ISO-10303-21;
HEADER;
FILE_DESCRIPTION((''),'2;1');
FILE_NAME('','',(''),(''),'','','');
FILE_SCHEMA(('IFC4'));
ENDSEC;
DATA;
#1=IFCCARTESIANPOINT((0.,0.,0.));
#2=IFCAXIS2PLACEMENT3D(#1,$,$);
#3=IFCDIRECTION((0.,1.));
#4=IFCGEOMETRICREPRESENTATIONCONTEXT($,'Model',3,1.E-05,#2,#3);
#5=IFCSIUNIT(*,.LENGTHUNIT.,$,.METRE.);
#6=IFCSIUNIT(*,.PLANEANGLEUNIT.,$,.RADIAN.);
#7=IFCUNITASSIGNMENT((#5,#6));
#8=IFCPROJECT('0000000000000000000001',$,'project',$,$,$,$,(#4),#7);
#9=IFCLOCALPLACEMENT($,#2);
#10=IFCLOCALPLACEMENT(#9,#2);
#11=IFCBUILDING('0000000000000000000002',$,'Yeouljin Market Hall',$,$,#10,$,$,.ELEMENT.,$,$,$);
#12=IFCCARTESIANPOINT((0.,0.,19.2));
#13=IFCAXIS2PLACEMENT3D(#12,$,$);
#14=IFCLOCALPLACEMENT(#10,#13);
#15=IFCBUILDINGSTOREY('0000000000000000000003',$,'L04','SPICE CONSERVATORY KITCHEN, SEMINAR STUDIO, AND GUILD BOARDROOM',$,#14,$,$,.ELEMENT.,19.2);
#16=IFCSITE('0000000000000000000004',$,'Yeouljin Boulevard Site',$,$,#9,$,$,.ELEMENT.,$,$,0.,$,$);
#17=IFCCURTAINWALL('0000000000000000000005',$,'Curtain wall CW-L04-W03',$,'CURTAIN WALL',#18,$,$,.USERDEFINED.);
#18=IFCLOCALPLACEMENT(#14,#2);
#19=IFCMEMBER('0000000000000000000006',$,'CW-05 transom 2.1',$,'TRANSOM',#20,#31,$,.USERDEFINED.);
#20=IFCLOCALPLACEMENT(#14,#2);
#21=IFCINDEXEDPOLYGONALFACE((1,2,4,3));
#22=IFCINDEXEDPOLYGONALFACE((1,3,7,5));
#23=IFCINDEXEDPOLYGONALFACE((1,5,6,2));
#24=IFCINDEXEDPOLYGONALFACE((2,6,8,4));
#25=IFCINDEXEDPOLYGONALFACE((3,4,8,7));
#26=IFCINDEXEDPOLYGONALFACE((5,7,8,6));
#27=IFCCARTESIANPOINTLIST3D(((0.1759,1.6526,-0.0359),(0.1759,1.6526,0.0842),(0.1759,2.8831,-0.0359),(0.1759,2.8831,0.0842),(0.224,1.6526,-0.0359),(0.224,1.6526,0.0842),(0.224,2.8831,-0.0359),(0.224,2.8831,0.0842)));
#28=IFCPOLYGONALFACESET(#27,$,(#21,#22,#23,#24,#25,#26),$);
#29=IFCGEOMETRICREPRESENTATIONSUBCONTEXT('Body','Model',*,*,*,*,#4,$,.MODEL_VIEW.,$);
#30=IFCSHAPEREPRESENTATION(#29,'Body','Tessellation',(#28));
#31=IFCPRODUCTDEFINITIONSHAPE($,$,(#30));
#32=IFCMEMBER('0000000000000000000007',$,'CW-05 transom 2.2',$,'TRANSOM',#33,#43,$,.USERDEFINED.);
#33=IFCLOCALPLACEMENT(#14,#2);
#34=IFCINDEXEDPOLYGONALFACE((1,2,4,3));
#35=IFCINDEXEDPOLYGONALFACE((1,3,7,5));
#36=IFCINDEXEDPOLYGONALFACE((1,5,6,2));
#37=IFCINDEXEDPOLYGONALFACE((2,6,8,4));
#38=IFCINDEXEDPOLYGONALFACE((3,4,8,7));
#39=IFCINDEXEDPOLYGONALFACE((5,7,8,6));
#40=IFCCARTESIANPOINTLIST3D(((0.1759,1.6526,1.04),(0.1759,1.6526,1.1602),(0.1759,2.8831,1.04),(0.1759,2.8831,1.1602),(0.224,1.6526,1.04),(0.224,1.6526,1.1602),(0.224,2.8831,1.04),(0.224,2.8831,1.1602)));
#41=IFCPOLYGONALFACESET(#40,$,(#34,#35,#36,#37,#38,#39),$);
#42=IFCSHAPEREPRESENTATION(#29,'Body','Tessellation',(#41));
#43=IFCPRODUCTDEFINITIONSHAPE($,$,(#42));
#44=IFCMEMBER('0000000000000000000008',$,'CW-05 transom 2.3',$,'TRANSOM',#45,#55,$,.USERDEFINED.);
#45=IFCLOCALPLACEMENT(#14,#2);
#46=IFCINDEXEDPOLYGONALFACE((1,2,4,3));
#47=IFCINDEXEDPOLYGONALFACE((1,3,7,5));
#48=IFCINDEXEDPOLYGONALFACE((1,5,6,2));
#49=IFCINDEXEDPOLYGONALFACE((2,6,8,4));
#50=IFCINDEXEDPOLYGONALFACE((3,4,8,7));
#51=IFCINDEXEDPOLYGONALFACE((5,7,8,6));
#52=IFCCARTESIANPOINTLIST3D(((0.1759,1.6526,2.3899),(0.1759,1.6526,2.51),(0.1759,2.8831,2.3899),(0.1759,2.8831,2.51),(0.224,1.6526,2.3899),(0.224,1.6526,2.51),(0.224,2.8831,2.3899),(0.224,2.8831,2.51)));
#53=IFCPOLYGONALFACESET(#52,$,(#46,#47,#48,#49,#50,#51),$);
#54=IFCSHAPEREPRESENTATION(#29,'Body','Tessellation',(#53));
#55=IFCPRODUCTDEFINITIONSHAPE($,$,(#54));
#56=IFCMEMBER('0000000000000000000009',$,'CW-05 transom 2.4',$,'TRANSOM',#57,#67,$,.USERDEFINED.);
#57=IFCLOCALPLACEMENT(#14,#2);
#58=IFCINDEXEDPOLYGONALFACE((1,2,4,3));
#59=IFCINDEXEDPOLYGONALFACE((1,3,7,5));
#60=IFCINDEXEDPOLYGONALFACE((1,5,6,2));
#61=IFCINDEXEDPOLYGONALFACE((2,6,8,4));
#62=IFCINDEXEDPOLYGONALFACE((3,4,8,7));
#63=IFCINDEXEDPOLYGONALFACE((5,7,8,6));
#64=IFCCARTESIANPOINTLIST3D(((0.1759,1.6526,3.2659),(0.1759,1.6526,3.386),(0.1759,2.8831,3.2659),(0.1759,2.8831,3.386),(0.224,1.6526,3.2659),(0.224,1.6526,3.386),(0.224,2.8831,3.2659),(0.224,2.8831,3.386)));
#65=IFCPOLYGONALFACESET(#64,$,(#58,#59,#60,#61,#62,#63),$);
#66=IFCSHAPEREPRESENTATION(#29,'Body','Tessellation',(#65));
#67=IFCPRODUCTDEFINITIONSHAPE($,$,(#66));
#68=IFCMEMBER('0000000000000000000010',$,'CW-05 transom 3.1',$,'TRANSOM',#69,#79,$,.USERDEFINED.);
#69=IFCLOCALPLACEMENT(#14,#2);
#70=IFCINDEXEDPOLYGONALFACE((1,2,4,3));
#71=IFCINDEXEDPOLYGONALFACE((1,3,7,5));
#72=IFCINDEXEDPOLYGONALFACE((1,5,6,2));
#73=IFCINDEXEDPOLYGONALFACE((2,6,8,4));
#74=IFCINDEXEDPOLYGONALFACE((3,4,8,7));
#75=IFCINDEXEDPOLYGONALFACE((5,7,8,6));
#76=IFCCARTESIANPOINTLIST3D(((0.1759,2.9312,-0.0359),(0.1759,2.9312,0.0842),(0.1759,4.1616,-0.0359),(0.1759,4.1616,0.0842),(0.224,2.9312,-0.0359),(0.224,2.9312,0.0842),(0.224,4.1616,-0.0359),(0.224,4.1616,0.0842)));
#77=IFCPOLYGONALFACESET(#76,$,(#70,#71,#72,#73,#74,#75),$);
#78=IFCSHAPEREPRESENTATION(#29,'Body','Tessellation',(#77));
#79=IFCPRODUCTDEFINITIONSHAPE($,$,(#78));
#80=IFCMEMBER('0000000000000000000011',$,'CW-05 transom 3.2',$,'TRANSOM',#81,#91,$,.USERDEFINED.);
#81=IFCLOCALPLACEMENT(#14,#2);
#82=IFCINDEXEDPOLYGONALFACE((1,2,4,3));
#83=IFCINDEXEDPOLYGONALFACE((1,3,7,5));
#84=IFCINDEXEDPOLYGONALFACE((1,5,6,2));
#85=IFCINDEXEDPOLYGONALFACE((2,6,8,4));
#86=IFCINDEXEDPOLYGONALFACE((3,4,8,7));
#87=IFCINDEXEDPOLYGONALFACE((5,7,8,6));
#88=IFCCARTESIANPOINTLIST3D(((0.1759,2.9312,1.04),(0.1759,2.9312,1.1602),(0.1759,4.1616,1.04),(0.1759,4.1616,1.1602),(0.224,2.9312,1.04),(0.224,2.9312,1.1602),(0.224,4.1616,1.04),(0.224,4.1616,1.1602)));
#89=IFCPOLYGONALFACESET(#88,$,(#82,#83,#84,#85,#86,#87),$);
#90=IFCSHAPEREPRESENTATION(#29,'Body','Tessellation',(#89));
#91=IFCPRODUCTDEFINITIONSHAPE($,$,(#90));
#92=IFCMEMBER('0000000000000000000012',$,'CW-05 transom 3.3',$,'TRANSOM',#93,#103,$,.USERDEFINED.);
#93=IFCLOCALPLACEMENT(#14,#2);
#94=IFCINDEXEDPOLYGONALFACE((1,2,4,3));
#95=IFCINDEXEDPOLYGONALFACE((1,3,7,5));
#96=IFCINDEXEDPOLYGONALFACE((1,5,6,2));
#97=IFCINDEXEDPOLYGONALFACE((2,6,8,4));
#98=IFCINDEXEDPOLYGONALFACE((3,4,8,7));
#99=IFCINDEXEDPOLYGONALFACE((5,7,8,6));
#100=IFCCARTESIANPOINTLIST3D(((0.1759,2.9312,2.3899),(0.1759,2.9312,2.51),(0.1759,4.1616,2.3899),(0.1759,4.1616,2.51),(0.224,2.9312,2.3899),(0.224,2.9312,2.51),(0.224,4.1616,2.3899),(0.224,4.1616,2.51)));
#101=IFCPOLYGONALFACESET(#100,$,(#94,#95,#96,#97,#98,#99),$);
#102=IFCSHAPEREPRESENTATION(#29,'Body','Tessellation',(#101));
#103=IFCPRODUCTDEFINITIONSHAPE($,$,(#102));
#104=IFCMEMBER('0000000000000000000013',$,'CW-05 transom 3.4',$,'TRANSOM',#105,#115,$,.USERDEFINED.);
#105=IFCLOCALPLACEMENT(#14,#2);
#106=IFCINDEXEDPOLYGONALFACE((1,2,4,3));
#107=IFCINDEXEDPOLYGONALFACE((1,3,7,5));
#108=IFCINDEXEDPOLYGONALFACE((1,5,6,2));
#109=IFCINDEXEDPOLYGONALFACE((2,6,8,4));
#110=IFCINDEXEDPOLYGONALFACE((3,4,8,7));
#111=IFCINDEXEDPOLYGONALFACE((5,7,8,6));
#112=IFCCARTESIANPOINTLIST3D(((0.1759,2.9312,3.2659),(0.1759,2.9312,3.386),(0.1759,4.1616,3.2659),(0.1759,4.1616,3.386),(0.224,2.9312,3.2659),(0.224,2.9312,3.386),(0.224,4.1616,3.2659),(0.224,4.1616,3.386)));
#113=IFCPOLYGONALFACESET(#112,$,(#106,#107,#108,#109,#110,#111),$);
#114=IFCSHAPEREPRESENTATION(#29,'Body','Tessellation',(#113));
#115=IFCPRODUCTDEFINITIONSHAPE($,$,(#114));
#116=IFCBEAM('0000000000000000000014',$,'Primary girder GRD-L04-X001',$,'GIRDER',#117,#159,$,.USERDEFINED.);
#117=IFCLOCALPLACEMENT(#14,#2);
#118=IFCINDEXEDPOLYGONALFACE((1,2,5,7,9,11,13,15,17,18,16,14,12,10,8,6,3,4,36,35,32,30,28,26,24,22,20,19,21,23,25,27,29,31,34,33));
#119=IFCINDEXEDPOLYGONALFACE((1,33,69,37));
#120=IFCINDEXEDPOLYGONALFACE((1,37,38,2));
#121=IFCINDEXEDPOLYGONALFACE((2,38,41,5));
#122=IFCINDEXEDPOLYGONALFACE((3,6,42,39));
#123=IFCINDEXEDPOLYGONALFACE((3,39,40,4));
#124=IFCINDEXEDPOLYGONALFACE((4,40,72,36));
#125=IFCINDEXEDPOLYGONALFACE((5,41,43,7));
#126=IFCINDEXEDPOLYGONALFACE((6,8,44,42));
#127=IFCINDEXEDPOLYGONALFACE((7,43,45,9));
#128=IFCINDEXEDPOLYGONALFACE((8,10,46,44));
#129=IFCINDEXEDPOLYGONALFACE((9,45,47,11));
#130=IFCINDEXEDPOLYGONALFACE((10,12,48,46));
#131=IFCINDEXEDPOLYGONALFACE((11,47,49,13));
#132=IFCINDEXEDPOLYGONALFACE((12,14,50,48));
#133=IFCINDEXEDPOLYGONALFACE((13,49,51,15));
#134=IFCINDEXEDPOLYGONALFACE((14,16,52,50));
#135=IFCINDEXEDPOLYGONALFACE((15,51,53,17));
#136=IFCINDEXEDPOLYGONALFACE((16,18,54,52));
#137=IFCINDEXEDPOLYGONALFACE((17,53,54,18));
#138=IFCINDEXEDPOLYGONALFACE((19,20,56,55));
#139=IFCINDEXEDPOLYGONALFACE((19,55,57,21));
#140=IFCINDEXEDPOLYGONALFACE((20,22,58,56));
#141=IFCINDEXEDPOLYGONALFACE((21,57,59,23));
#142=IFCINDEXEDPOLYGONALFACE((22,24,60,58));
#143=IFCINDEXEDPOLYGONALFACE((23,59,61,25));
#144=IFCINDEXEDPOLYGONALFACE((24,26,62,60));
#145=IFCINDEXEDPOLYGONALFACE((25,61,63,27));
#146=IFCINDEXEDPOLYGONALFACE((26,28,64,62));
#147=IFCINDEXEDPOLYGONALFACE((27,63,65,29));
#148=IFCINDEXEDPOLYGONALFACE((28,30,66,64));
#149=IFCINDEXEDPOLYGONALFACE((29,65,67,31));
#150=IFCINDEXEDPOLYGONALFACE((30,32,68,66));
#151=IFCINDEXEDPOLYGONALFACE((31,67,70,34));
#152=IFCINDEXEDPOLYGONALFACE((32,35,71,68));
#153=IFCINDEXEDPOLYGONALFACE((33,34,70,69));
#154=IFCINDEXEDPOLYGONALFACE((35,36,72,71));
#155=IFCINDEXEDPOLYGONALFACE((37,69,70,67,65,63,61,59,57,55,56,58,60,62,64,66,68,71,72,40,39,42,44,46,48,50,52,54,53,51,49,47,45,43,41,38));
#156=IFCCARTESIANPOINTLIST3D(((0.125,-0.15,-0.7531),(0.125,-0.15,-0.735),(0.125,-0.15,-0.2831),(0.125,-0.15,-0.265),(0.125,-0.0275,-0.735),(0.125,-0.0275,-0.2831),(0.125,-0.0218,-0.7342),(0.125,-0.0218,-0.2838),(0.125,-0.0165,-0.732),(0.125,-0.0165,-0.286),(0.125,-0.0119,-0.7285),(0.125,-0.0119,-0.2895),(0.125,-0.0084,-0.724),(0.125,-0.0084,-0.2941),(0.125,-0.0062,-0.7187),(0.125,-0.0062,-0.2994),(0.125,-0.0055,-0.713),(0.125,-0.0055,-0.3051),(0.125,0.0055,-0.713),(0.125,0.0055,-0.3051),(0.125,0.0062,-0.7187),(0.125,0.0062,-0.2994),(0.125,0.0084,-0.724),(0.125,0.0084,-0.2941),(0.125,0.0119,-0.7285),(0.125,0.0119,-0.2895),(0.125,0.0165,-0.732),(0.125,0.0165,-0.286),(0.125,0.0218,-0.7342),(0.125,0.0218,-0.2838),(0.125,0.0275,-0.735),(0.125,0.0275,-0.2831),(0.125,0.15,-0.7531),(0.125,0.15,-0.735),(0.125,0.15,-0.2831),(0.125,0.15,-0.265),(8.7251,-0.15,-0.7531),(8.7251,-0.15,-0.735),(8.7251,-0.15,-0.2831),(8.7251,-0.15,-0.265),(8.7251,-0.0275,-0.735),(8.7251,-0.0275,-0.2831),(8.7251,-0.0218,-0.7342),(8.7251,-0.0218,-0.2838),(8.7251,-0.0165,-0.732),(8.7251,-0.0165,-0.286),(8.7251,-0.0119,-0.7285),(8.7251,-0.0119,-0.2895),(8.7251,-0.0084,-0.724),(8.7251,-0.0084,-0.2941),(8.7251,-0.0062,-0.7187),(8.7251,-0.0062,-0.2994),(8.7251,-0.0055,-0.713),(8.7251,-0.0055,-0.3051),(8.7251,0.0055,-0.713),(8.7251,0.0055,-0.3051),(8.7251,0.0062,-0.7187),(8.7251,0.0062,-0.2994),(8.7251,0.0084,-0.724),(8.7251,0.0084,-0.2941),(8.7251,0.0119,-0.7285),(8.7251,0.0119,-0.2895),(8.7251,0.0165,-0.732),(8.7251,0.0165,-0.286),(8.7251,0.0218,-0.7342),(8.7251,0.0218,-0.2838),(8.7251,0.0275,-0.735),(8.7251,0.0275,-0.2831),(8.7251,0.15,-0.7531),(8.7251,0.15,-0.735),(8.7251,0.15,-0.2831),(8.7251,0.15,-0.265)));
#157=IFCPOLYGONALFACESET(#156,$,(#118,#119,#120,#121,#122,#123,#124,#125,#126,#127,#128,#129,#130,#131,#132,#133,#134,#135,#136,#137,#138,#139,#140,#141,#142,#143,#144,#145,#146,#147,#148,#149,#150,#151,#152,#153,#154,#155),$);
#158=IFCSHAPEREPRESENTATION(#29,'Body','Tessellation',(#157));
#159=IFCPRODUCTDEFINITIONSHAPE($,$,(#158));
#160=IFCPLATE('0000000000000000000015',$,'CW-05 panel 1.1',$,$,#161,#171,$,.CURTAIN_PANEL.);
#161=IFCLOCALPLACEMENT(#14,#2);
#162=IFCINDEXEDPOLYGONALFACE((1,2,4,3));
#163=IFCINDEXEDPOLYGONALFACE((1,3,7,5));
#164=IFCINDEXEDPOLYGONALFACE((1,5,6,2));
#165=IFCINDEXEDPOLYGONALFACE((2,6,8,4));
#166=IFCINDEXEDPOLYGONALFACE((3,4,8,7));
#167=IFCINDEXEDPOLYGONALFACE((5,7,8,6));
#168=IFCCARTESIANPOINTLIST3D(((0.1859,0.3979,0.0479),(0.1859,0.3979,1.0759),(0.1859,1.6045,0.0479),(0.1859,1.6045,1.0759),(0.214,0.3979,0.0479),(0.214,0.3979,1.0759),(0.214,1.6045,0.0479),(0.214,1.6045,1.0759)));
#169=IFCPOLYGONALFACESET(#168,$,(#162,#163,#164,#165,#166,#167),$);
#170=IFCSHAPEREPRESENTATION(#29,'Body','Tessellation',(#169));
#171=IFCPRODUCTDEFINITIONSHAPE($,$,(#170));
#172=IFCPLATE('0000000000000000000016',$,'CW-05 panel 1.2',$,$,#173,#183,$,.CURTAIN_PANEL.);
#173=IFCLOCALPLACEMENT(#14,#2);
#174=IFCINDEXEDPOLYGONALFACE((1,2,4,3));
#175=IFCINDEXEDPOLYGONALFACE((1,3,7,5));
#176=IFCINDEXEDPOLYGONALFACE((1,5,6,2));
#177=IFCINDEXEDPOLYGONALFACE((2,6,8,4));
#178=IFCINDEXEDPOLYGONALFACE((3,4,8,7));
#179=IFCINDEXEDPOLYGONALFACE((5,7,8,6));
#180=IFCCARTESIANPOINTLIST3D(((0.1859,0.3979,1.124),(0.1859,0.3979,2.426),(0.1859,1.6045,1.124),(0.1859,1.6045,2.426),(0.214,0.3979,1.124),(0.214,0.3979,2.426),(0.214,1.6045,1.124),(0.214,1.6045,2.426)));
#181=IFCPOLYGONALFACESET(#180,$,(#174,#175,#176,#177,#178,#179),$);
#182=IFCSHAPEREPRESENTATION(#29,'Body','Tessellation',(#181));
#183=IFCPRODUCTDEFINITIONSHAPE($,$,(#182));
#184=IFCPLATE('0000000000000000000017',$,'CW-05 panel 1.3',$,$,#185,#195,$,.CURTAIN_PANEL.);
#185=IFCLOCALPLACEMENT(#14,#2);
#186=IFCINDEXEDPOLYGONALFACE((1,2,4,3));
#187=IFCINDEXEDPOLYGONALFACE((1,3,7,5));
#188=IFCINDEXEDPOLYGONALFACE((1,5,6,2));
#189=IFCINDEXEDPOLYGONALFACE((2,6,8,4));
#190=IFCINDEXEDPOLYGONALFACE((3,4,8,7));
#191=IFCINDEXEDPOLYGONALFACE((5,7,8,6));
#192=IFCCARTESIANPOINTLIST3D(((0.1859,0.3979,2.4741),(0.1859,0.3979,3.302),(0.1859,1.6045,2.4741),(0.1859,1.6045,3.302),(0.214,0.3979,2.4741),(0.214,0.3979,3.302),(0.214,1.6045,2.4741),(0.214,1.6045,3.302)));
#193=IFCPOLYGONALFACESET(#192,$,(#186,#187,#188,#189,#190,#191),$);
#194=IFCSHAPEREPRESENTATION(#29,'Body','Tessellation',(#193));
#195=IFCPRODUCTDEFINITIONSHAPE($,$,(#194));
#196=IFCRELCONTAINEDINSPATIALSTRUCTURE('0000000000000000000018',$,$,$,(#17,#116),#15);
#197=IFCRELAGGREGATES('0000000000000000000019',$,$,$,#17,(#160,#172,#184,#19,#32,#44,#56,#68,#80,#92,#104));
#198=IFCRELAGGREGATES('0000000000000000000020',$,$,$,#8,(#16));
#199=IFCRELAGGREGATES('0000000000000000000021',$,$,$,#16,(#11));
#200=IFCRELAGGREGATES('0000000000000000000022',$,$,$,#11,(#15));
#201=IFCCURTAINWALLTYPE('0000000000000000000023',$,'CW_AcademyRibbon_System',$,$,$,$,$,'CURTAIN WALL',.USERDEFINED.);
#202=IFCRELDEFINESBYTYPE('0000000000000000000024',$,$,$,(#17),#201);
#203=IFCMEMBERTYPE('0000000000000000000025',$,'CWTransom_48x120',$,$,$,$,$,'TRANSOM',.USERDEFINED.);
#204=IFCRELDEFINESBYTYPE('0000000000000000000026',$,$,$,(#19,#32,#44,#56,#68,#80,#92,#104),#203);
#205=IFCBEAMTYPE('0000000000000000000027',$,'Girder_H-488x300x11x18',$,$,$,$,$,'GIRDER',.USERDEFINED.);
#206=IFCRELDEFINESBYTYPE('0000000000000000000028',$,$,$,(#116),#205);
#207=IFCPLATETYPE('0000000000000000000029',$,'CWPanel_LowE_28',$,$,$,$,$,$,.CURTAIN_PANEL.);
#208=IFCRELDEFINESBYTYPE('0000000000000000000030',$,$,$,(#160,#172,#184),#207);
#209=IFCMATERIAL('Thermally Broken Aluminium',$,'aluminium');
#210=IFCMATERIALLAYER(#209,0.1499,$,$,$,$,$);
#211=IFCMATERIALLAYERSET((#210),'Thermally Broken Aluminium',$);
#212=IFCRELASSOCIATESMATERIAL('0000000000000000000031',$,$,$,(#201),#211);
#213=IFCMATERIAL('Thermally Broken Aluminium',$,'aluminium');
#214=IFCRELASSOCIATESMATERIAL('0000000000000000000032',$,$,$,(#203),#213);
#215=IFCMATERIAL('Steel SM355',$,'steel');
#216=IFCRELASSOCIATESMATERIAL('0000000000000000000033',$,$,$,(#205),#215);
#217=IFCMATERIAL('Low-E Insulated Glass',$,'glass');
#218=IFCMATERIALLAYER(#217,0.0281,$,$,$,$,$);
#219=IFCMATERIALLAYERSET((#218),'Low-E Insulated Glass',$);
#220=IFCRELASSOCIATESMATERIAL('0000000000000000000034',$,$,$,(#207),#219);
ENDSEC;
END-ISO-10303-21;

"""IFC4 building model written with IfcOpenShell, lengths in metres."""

from ifc_helpers import new_model, si_unit, direction, frame, origin, origin_2d, place, context, subcontext, project, spatial, rectangle, i_section, extrude, material, layer, layer_set, material_profile, profile_set, type_object, element, aggregate, save


model = new_model("IFC4")

# Units and contexts
model_context = context("Model", 3, precision=1e-05, world=origin(), true_north=direction((0.0, 1.0)))
body_context = subcontext(model_context, "Body", "Model", "MODEL_VIEW")
ifc_project = project(units=[si_unit("LENGTHUNIT", "METRE"), si_unit("PLANEANGLEUNIT", "RADIAN")], contexts=[model_context])

# Site, building, storey
site_placement = place(None, origin())
site = spatial("IfcSite", under=ifc_project, at=site_placement, Name="Yeouljin Boulevard Site", CompositionType="ELEMENT", RefElevation=0.0)
building_placement = place(site_placement, origin())
building = spatial("IfcBuilding", under=site, at=building_placement, Name="Yeouljin Market Hall", CompositionType="ELEMENT")
storey_placement = place(building_placement, frame((0.0, 0.0, 19.2)))
storey = spatial("IfcBuildingStorey", under=building, at=storey_placement, Name="L04", Description="SPICE CONSERVATORY KITCHEN, SEMINAR STUDIO, AND GUILD BOARDROOM", CompositionType="ELEMENT", Elevation=19.2)

# Curtain wall, members
ifc_material_1 = material(Name="Thermally Broken Aluminium", Category="aluminium")
ifc_layer_1 = layer(ifc_material_1, 0.1499)
ifc_layer_set_1 = layer_set([ifc_layer_1], Name="Thermally Broken Aluminium")
curtain_wall_type = type_object("IfcCurtainWallType", Name="CW_AcademyRibbon_System", ElementType="CURTAIN WALL", PredefinedType="USERDEFINED", material=ifc_layer_set_1)
curtain_wall_placement = place(storey_placement, origin())
curtain_wall = element("IfcCurtainWall", 1, at=curtain_wall_placement, inside=storey, type_object=curtain_wall_type, Name="Curtain wall CW-L04-W03", ObjectType="CURTAIN WALL", PredefinedType="USERDEFINED")
ifc_material_2 = material(Name="Thermally Broken Aluminium", Category="aluminium")
ifc_material_profile_1 = material_profile(ifc_material_2, rectangle(XDim=0.0481, YDim=0.1201, at=origin_2d()), Name="CW-TRAN-48x120")
ifc_profile_set_1 = profile_set([ifc_material_profile_1], Name="Thermally Broken Aluminium")
member_type_1 = type_object("IfcMemberType", Name="CWTransom_48x120", ElementType="TRANSOM", PredefinedType="USERDEFINED", material=ifc_profile_set_1)
member_1_placement = place(storey_placement, frame((0.2, 1.6526, 0.0242), z_axis=(0.0, 1.0, 0.0), x_axis=(-1.0, 0.0, 0.0)))
member_1 = element("IfcMember", 2, at=member_1_placement, type_object=member_type_1, Name="CW-05 transom 2.1", ObjectType="TRANSOM", PredefinedType="USERDEFINED", context=body_context, shape_type="SweptSolid", body=[
    extrude(rectangle(XDim=0.0481, YDim=0.1201, at=origin_2d()), origin(), (0.0, 0.0, 1.0), 1.2305),
])
member_2_placement = place(storey_placement, frame((0.2, 1.6526, 1.1001), z_axis=(0.0, 1.0, 0.0), x_axis=(-1.0, 0.0, 0.0)))
member_2 = element("IfcMember", 3, at=member_2_placement, type_object=member_type_1, Name="CW-05 transom 2.2", ObjectType="TRANSOM", PredefinedType="USERDEFINED", context=body_context, shape_type="SweptSolid", body=[
    extrude(rectangle(XDim=0.0481, YDim=0.1201, at=origin_2d()), origin(), (0.0, 0.0, 1.0), 1.2305),
])
member_3_placement = place(storey_placement, frame((0.2, 1.6526, 2.45), z_axis=(0.0, 1.0, 0.0), x_axis=(-1.0, 0.0, 0.0)))
member_3 = element("IfcMember", 4, at=member_3_placement, type_object=member_type_1, Name="CW-05 transom 2.3", ObjectType="TRANSOM", PredefinedType="USERDEFINED", context=body_context, shape_type="SweptSolid", body=[
    extrude(rectangle(XDim=0.0481, YDim=0.1201, at=origin_2d()), origin(), (0.0, 0.0, 1.0), 1.2305),
])
member_4_placement = place(storey_placement, frame((0.2, 1.6526, 3.3259), z_axis=(0.0, 1.0, 0.0), x_axis=(-1.0, 0.0, 0.0)))
member_4 = element("IfcMember", 5, at=member_4_placement, type_object=member_type_1, Name="CW-05 transom 2.4", ObjectType="TRANSOM", PredefinedType="USERDEFINED", context=body_context, shape_type="SweptSolid", body=[
    extrude(rectangle(XDim=0.0481, YDim=0.1201, at=origin_2d()), origin(), (0.0, 0.0, 1.0), 1.2305),
])
member_5_placement = place(storey_placement, frame((0.2, 2.9312, 0.0242), z_axis=(0.0, 1.0, 0.0), x_axis=(-1.0, 0.0, 0.0)))
member_5 = element("IfcMember", 6, at=member_5_placement, type_object=member_type_1, Name="CW-05 transom 3.1", ObjectType="TRANSOM", PredefinedType="USERDEFINED", context=body_context, shape_type="SweptSolid", body=[
    extrude(rectangle(XDim=0.0481, YDim=0.1201, at=origin_2d()), origin(), (0.0, 0.0, 1.0), 1.2305),
])
member_6_placement = place(storey_placement, frame((0.2, 2.9312, 1.1001), z_axis=(0.0, 1.0, 0.0), x_axis=(-1.0, 0.0, 0.0)))
member_6 = element("IfcMember", 7, at=member_6_placement, type_object=member_type_1, Name="CW-05 transom 3.2", ObjectType="TRANSOM", PredefinedType="USERDEFINED", context=body_context, shape_type="SweptSolid", body=[
    extrude(rectangle(XDim=0.0481, YDim=0.1201, at=origin_2d()), origin(), (0.0, 0.0, 1.0), 1.2305),
])
member_7_placement = place(storey_placement, frame((0.2, 2.9312, 2.45), z_axis=(0.0, 1.0, 0.0), x_axis=(-1.0, 0.0, 0.0)))
member_7 = element("IfcMember", 8, at=member_7_placement, type_object=member_type_1, Name="CW-05 transom 3.3", ObjectType="TRANSOM", PredefinedType="USERDEFINED", context=body_context, shape_type="SweptSolid", body=[
    extrude(rectangle(XDim=0.0481, YDim=0.1201, at=origin_2d()), origin(), (0.0, 0.0, 1.0), 1.2305),
])
member_8_placement = place(storey_placement, frame((0.2, 2.9312, 3.3259), z_axis=(0.0, 1.0, 0.0), x_axis=(-1.0, 0.0, 0.0)))
member_8 = element("IfcMember", 9, at=member_8_placement, type_object=member_type_1, Name="CW-05 transom 3.4", ObjectType="TRANSOM", PredefinedType="USERDEFINED", context=body_context, shape_type="SweptSolid", body=[
    extrude(rectangle(XDim=0.0481, YDim=0.1201, at=origin_2d()), origin(), (0.0, 0.0, 1.0), 1.2305),
])

# Beam
ifc_material_3 = material(Name="Steel SM355", Category="steel")
ifc_material_profile_2 = material_profile(ifc_material_3, i_section(OverallWidth=0.3, OverallDepth=0.488, WebThickness=0.011, FlangeThickness=0.0181, FilletRadius=0.022, at=origin_2d()), Name="H-488x300x11x18")
ifc_profile_set_2 = profile_set([ifc_material_profile_2], Name="Steel SM355")
beam_type_1 = type_object("IfcBeamType", Name="Girder_H-488x300x11x18", ElementType="GIRDER", PredefinedType="USERDEFINED", material=ifc_profile_set_2)
beam_1_placement = place(storey_placement, frame((0.125, 0.0, -0.509), z_axis=(1.0, 0.0, 0.0), x_axis=(0.0, 1.0, 0.0)))
element("IfcBeam", 10, at=beam_1_placement, inside=storey, type_object=beam_type_1, Name="Primary girder GRD-L04-X001", ObjectType="GIRDER", PredefinedType="USERDEFINED", context=body_context, shape_type="SweptSolid", body=[
    extrude(i_section(OverallWidth=0.3, OverallDepth=0.488, WebThickness=0.011, FlangeThickness=0.0181, FilletRadius=0.022, at=origin_2d()), origin(), (0.0, 0.0, 1.0), 8.6001),
])

# Plates
ifc_material_4 = material(Name="Low-E Insulated Glass", Category="glass")
ifc_layer_2 = layer(ifc_material_4, 0.0281)
ifc_layer_set_2 = layer_set([ifc_layer_2], Name="Low-E Insulated Glass")
plate_type = type_object("IfcPlateType", Name="CWPanel_LowE_28", PredefinedType="CURTAIN_PANEL", material=ifc_layer_set_2)
plate_1_placement = place(storey_placement, frame((0.2, 1.0012, 0.0479), z_axis=(0.0, 0.0, 1.0), x_axis=(0.0, 1.0, 0.0)))
plate_1 = element("IfcPlate", 11, at=plate_1_placement, type_object=plate_type, Name="CW-05 panel 1.1", PredefinedType="CURTAIN_PANEL", context=body_context, shape_type="SweptSolid", body=[
    extrude(rectangle(XDim=1.2065, YDim=0.0281, at=origin_2d()), origin(), (0.0, 0.0, 1.0), 1.0281),
])
plate_2_placement = place(storey_placement, frame((0.2, 1.0012, 1.124), z_axis=(0.0, 0.0, 1.0), x_axis=(0.0, 1.0, 0.0)))
plate_2 = element("IfcPlate", 12, at=plate_2_placement, type_object=plate_type, Name="CW-05 panel 1.2", PredefinedType="CURTAIN_PANEL", context=body_context, shape_type="SweptSolid", body=[
    extrude(rectangle(XDim=1.2065, YDim=0.0281, at=origin_2d()), origin(), (0.0, 0.0, 1.0), 1.302),
])
plate_3_placement = place(storey_placement, frame((0.2, 1.0012, 2.4741), z_axis=(0.0, 0.0, 1.0), x_axis=(0.0, 1.0, 0.0)))
plate_3 = element("IfcPlate", 13, at=plate_3_placement, type_object=plate_type, Name="CW-05 panel 1.3", PredefinedType="CURTAIN_PANEL", context=body_context, shape_type="SweptSolid", body=[
    extrude(rectangle(XDim=1.2065, YDim=0.0281, at=origin_2d()), origin(), (0.0, 0.0, 1.0), 0.8279),
])
aggregate(curtain_wall, [plate_1, plate_2, plate_3, member_1, member_2, member_3, member_4, member_5, member_6, member_7, member_8])

save(model, "model.ifc")
